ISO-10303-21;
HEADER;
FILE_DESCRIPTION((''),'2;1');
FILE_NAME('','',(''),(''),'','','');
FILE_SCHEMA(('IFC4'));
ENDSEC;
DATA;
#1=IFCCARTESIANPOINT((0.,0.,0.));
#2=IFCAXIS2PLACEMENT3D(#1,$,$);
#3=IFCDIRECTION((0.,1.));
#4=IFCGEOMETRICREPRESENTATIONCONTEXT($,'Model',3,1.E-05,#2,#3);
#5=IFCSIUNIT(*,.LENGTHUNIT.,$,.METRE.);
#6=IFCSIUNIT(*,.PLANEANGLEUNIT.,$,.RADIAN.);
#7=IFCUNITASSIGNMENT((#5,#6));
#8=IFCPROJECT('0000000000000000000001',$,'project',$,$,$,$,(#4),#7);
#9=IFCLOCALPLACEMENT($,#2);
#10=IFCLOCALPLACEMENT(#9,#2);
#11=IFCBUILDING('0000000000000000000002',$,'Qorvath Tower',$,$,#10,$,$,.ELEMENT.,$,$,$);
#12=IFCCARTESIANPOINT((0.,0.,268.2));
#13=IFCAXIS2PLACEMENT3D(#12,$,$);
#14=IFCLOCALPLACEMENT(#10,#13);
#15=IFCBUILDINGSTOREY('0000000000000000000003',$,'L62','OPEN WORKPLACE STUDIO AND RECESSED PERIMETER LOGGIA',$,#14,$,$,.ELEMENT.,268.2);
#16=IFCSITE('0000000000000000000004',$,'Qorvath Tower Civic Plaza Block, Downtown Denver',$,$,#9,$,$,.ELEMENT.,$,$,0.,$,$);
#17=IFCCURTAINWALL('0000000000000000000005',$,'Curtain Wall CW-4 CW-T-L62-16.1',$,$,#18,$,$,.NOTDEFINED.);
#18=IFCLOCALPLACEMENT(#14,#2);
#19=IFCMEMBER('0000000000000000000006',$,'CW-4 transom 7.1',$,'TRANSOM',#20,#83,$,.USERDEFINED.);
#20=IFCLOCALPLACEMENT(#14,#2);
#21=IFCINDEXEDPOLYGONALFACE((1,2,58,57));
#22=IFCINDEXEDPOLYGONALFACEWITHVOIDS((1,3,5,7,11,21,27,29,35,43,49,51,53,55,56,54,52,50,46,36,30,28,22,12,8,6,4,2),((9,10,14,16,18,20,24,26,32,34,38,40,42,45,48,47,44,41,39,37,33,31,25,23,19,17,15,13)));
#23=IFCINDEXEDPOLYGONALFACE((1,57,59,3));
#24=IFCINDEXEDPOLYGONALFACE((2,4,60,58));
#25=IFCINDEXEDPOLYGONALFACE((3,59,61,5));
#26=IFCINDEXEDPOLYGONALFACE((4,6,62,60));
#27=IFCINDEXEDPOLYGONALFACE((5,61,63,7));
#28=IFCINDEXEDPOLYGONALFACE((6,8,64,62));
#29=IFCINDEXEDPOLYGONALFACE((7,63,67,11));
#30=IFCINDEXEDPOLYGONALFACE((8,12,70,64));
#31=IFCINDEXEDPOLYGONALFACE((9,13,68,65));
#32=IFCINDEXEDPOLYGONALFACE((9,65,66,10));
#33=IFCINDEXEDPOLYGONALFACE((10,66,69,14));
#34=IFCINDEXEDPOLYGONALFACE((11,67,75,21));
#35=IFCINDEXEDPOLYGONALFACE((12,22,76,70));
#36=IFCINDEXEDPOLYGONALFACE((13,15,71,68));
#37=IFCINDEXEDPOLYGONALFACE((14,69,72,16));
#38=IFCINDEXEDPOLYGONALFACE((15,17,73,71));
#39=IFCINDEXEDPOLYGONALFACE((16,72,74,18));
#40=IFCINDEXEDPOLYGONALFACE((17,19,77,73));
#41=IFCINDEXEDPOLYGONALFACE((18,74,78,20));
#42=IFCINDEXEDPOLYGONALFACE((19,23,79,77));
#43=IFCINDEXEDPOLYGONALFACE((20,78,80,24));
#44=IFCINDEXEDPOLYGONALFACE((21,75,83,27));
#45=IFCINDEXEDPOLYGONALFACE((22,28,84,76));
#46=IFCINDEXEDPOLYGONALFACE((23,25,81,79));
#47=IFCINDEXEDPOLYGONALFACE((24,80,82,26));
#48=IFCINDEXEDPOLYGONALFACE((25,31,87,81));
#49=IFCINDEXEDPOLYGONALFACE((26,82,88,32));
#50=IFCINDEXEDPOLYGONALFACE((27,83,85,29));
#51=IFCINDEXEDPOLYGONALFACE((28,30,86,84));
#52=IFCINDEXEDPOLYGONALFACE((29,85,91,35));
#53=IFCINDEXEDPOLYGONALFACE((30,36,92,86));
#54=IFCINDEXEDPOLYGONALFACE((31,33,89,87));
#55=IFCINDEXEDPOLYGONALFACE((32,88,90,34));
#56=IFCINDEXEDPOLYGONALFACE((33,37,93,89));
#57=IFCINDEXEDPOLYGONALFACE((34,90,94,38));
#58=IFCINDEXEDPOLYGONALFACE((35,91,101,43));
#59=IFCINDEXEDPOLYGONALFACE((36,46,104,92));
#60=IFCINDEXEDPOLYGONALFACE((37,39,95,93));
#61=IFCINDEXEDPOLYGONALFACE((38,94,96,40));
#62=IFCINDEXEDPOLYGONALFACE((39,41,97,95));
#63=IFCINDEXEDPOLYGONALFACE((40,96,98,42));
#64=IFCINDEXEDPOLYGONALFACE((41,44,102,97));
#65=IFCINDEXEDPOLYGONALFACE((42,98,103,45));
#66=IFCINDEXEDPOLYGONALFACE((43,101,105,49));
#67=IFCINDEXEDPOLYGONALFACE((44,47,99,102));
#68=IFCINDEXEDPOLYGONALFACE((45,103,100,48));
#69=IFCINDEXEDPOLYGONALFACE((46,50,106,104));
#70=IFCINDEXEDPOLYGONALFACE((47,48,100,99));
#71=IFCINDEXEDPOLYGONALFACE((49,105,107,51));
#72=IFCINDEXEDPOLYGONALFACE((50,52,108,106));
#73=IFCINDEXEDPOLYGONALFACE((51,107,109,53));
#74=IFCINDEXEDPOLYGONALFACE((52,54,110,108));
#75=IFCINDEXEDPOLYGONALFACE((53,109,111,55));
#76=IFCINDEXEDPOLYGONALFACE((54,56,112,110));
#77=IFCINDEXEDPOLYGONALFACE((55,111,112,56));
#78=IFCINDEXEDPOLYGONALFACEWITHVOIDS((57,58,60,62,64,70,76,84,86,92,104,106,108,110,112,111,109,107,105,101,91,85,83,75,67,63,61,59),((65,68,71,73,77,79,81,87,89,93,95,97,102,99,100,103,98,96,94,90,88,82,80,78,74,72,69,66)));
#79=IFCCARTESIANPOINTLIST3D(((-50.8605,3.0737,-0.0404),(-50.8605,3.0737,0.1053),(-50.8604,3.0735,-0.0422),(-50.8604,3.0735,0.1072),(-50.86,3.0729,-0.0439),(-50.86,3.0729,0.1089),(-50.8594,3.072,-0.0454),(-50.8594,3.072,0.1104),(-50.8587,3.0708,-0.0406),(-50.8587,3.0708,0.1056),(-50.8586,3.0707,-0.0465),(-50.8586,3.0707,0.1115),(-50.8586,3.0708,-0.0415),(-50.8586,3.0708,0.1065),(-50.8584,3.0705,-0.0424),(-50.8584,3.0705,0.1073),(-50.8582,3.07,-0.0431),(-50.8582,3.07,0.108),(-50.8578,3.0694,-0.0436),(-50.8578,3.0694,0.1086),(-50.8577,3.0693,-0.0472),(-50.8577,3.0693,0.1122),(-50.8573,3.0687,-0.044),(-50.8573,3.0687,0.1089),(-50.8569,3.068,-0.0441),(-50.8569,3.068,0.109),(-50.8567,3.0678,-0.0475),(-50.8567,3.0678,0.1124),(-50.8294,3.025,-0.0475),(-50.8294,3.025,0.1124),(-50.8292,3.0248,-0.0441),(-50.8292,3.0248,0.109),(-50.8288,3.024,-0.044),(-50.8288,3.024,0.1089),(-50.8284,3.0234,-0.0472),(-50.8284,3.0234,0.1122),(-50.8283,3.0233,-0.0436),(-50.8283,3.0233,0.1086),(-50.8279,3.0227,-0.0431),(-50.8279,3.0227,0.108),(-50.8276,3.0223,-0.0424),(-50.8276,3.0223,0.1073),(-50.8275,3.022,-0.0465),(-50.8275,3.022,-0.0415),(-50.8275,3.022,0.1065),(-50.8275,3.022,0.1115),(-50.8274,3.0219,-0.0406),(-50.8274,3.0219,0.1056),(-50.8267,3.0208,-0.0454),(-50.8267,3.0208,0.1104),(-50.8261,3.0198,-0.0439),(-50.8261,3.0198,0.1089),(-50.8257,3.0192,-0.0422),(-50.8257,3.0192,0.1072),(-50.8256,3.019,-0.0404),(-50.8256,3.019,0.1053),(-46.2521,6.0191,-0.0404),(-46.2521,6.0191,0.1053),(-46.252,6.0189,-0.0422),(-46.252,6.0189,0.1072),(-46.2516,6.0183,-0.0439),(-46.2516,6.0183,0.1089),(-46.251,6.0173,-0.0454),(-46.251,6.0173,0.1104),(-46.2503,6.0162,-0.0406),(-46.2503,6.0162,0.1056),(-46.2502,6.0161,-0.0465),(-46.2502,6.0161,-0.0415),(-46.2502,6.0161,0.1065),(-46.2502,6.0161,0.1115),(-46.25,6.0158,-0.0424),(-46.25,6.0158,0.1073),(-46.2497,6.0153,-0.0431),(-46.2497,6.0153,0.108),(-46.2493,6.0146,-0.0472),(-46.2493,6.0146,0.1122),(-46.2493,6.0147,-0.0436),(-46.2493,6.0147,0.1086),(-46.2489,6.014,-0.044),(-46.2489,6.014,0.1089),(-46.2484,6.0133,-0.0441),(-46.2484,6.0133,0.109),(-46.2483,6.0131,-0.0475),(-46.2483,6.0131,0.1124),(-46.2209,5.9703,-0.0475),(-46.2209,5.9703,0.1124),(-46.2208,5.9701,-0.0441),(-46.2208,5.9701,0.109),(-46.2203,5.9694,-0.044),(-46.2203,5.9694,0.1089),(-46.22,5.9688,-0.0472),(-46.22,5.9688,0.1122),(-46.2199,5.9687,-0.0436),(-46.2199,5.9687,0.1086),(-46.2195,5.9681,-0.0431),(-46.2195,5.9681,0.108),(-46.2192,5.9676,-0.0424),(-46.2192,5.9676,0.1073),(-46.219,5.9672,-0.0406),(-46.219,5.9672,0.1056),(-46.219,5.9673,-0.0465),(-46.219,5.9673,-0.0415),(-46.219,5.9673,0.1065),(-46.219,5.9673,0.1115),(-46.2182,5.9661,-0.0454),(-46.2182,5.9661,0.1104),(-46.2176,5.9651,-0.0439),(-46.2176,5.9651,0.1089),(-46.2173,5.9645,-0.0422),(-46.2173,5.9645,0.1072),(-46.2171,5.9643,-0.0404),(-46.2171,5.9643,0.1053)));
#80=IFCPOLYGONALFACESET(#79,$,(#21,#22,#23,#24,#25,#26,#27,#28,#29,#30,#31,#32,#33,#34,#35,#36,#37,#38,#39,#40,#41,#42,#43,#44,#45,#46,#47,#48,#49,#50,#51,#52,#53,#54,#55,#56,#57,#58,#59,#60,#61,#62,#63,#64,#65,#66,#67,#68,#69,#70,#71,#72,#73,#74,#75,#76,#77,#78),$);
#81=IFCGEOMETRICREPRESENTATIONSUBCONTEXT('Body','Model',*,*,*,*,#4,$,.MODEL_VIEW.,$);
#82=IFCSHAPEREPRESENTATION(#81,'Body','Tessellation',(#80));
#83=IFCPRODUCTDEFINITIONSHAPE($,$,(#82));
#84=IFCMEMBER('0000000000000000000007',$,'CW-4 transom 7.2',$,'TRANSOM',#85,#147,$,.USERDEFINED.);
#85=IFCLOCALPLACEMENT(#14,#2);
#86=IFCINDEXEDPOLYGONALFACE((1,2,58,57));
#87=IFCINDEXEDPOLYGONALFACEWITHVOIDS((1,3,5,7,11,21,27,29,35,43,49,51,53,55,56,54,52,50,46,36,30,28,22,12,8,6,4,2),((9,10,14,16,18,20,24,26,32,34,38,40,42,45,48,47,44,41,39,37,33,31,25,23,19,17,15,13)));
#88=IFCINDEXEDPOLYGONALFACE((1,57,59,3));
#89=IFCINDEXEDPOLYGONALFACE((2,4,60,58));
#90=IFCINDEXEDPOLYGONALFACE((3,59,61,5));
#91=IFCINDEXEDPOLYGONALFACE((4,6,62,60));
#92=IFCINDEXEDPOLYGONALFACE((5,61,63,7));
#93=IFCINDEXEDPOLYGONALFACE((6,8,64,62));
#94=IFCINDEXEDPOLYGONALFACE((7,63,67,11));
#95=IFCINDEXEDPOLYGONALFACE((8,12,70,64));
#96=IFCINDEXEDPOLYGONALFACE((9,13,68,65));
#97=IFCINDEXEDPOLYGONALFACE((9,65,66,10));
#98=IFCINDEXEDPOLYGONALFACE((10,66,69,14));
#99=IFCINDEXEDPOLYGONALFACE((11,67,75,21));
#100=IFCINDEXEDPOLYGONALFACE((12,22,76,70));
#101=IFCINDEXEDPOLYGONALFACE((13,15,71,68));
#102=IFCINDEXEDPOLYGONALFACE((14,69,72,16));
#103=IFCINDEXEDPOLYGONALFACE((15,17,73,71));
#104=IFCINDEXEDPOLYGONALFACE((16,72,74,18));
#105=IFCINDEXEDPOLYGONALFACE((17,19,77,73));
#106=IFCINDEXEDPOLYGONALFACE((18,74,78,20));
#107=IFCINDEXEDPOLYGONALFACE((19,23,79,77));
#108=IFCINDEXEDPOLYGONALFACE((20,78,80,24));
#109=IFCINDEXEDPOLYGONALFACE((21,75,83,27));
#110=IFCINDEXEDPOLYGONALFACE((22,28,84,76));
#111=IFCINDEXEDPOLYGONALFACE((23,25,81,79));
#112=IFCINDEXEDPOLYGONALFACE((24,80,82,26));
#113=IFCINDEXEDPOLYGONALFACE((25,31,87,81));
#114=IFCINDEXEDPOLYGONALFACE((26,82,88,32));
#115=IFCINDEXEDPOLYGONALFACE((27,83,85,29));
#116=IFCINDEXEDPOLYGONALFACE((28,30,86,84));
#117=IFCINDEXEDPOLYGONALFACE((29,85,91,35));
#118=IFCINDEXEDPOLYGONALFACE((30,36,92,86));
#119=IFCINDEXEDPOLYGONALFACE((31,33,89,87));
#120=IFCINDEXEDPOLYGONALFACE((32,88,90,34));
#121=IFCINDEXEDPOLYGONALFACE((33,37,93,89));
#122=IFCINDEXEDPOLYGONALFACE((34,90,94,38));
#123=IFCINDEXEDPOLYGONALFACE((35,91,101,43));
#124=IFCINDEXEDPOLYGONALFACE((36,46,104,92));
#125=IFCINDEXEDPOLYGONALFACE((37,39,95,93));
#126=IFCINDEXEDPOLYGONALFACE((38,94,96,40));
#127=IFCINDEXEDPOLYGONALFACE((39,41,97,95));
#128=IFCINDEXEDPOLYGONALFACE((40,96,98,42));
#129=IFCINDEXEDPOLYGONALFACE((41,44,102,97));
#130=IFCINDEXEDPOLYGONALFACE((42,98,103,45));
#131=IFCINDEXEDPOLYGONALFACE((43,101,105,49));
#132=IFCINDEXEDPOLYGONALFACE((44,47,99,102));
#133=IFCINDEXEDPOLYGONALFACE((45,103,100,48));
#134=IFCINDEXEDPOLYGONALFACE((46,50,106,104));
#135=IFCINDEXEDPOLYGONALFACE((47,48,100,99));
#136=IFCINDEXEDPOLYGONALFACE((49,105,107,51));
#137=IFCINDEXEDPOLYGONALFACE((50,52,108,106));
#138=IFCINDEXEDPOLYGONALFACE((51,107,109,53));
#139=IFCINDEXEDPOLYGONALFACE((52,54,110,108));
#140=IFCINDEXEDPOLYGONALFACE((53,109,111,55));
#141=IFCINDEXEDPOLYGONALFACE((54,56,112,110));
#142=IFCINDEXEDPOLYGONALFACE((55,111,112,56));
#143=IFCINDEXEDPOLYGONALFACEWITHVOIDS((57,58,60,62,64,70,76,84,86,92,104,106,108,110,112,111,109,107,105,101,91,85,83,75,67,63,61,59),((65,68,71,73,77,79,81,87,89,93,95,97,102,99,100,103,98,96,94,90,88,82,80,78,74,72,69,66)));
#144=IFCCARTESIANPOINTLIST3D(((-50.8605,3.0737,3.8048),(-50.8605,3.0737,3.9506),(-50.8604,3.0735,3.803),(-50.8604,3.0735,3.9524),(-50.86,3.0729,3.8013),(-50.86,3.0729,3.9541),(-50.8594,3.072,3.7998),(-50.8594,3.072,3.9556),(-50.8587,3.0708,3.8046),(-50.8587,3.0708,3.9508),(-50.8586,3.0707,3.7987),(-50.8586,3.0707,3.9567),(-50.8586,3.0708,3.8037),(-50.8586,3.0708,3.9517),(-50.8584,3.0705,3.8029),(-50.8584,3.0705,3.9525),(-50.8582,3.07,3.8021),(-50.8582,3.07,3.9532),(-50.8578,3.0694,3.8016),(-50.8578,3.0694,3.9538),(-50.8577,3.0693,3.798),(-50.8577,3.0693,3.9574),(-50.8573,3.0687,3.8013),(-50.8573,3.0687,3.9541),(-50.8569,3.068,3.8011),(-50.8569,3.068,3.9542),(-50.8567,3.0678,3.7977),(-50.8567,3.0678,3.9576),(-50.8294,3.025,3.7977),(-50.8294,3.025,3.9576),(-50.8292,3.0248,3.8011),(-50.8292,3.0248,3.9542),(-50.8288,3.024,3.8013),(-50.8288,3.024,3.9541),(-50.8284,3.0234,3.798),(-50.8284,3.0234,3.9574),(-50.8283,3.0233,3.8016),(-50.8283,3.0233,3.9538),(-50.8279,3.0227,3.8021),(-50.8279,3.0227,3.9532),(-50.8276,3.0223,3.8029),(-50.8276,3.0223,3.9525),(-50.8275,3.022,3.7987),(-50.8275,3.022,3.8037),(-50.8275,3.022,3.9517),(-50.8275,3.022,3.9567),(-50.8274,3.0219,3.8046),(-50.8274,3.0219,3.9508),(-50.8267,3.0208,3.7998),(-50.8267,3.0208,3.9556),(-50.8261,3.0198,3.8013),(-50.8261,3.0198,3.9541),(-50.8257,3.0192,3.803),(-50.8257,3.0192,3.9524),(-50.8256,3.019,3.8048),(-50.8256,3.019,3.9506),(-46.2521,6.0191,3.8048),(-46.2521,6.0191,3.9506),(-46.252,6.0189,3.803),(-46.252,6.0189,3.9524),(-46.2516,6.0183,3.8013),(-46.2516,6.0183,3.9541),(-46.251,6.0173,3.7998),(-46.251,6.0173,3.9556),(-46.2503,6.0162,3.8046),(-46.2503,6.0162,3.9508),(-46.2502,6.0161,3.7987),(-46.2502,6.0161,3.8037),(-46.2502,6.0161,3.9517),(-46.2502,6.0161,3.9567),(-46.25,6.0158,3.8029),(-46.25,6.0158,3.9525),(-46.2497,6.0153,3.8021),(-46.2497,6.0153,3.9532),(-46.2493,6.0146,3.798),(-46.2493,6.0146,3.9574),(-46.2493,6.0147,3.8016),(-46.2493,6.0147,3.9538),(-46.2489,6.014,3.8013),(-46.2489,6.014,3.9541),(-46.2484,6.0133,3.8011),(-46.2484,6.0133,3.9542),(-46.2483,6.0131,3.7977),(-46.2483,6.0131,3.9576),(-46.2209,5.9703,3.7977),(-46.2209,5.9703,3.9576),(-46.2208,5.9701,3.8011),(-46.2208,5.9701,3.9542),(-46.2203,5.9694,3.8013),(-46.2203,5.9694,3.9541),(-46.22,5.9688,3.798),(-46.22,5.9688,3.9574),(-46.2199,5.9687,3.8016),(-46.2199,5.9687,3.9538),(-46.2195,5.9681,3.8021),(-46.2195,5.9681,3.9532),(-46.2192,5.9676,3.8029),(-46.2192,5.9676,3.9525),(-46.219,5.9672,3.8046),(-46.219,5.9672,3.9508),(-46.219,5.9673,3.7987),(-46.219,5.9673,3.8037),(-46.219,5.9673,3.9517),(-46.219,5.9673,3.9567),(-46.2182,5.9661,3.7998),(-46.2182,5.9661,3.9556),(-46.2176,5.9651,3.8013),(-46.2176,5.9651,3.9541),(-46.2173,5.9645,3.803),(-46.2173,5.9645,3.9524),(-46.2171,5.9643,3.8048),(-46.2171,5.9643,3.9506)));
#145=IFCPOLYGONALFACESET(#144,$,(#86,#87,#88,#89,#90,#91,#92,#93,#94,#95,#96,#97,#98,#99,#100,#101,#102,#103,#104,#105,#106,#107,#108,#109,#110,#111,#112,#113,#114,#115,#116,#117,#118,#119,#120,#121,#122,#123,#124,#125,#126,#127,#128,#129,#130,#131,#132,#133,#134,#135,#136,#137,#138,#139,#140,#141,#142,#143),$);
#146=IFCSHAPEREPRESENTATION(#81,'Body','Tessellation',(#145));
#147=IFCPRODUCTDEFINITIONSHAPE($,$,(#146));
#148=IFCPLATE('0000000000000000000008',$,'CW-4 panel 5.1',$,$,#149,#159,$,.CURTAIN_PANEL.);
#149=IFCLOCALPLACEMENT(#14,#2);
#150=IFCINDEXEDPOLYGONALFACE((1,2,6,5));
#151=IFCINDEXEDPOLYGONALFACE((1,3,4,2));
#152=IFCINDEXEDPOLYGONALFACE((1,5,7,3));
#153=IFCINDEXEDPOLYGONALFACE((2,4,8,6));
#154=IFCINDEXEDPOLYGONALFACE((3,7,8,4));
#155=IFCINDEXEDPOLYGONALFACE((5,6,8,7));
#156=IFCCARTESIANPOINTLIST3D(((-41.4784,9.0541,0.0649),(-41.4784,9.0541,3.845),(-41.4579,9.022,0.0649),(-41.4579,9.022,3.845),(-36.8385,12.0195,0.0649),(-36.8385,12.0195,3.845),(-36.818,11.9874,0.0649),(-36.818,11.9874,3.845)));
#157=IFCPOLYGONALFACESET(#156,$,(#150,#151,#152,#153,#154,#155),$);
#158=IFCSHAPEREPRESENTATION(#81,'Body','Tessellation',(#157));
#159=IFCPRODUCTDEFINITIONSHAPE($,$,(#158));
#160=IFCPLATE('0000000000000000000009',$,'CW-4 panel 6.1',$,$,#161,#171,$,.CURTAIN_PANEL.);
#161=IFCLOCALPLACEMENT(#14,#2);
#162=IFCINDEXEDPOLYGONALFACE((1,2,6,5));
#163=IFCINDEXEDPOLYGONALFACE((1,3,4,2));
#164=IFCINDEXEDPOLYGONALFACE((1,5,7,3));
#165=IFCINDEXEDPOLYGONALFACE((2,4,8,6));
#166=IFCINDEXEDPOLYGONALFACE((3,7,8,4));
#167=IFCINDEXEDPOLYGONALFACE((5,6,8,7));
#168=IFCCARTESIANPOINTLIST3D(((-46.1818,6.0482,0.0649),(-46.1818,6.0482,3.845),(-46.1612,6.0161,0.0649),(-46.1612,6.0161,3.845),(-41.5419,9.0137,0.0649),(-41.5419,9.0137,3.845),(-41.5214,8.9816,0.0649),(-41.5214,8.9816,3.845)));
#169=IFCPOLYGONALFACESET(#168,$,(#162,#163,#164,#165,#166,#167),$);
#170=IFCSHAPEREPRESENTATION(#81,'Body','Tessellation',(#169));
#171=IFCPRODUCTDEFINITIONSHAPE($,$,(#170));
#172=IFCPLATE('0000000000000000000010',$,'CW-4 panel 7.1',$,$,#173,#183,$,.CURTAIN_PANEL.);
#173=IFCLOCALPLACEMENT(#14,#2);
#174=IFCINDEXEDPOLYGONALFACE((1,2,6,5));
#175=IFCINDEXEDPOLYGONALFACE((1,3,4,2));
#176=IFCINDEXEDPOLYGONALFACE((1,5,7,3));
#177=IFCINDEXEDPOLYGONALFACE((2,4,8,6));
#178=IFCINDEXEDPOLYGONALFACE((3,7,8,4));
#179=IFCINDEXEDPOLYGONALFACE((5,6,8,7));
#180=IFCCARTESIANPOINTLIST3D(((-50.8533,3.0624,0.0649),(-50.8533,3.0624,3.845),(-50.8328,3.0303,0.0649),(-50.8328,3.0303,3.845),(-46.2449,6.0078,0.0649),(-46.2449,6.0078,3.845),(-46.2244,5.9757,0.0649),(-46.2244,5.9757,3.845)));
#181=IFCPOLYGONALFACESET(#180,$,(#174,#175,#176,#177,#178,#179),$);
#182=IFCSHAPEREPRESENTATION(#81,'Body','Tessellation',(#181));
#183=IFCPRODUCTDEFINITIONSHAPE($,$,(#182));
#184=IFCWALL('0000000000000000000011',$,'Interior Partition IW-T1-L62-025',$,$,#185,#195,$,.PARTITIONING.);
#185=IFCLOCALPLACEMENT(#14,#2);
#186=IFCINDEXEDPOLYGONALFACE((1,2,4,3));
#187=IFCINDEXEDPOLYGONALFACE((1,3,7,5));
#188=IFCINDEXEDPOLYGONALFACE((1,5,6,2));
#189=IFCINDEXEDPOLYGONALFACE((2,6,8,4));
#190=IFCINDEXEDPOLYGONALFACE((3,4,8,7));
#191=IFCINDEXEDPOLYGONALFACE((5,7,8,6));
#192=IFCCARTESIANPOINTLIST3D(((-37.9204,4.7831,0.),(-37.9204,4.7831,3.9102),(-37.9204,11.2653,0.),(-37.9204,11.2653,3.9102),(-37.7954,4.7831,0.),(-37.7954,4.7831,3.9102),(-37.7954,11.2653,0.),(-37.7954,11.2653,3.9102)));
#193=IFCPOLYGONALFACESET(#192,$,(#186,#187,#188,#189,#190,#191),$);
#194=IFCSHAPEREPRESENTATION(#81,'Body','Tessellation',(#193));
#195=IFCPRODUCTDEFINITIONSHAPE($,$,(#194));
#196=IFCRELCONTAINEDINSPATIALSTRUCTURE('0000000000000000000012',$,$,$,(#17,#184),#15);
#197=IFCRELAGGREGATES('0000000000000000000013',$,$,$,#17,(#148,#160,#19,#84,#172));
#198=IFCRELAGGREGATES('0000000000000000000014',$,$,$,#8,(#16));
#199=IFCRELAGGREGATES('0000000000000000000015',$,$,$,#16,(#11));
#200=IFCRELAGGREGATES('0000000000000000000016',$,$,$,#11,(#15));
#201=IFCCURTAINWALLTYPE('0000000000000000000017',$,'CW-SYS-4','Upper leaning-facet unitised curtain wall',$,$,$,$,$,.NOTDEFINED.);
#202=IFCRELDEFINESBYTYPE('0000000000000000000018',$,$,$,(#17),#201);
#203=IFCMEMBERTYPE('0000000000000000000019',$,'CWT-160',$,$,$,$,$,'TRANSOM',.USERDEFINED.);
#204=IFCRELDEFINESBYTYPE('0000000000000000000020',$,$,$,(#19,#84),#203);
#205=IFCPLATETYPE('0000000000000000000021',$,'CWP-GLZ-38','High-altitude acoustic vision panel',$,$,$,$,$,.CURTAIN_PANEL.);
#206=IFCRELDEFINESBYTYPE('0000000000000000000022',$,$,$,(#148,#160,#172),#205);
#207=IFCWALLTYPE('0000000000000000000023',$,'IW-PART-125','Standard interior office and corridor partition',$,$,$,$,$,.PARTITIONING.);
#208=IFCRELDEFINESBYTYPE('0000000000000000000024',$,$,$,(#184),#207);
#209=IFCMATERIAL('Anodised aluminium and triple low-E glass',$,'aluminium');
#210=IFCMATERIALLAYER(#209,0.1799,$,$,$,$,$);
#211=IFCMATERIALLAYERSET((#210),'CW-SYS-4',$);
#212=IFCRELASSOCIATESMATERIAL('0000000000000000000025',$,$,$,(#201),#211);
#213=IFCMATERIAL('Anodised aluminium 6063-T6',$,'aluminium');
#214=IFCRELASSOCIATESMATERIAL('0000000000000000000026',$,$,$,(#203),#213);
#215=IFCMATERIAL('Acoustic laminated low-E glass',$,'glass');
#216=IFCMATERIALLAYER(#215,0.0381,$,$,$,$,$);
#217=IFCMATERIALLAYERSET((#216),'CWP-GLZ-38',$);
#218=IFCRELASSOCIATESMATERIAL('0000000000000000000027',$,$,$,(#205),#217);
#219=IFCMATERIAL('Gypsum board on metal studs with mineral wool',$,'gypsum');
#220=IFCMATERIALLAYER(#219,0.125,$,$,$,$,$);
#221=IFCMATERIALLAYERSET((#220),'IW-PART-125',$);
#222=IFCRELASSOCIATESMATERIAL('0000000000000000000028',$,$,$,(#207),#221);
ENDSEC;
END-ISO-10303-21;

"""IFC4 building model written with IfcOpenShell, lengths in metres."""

from ifc_helpers import new_model, si_unit, direction, frame, frame_2d, origin, origin_2d, place, context, subcontext, project, spatial, rectangle, hollow_rectangle, extrude, material, layer, layer_set, material_profile, profile_set, type_object, element, aggregate, save


model = new_model("IFC4")

# Units and contexts
model_context = context("Model", 3, precision=1e-05, world=origin(), true_north=direction((0.0, 1.0)))
body_context = subcontext(model_context, "Body", "Model", "MODEL_VIEW")
ifc_project = project(units=[si_unit("LENGTHUNIT", "METRE"), si_unit("PLANEANGLEUNIT", "RADIAN")], contexts=[model_context])

# Site, building, storey
site_placement = place(None, origin())
site = spatial("IfcSite", under=ifc_project, at=site_placement, Name="Qorvath Tower Civic Plaza Block, Downtown Denver", CompositionType="ELEMENT", RefElevation=0.0)
building_placement = place(site_placement, origin())
building = spatial("IfcBuilding", under=site, at=building_placement, Name="Qorvath Tower", CompositionType="ELEMENT")
storey_placement = place(building_placement, frame((0.0, 0.0, 268.2)))
storey = spatial("IfcBuildingStorey", under=building, at=storey_placement, Name="L62", Description="OPEN WORKPLACE STUDIO AND RECESSED PERIMETER LOGGIA", CompositionType="ELEMENT", Elevation=268.2)

# Curtain wall, members, plates
ifc_material_1 = material(Name="Anodised aluminium and triple low-E glass", Category="aluminium")
ifc_layer_1 = layer(ifc_material_1, 0.1799)
ifc_layer_set_1 = layer_set([ifc_layer_1], Name="CW-SYS-4")
curtain_wall_type = type_object("IfcCurtainWallType", Name="CW-SYS-4", Description="Upper leaning-facet unitised curtain wall", PredefinedType="NOTDEFINED", material=ifc_layer_set_1)
curtain_wall_placement = place(storey_placement, origin())
curtain_wall = element("IfcCurtainWall", 1, at=curtain_wall_placement, inside=storey, type_object=curtain_wall_type, Name="Curtain Wall CW-4 CW-T-L62-16.1", PredefinedType="NOTDEFINED")
ifc_material_2 = material(Name="Anodised aluminium 6063-T6", Category="aluminium")
ifc_material_profile_1 = material_profile(ifc_material_2, hollow_rectangle(XDim=0.0649, YDim=0.1599, WallThickness=0.0034, InnerFilletRadius=0.0034, OuterFilletRadius=0.0071, at=origin_2d()), Name="CWT 160x65")
ifc_profile_set_1 = profile_set([ifc_material_profile_1], Name="Anodised aluminium 6063-T6")
member_type_1 = type_object("IfcMemberType", Name="CWT-160", ElementType="TRANSOM", PredefinedType="USERDEFINED", material=ifc_profile_set_1)
member_1_placement = place(storey_placement, frame((-46.2346, 5.9917, 0.0325), z_axis=(-0.842608, -0.538527, 0.0), x_axis=(0.538527, -0.842608, 0.0)))
member_1 = element("IfcMember", 2, at=member_1_placement, type_object=member_type_1, Name="CW-4 transom 7.1", ObjectType="TRANSOM", PredefinedType="USERDEFINED", context=body_context, shape_type="SweptSolid", body=[
    extrude(hollow_rectangle(XDim=0.0649, YDim=0.1599, WallThickness=0.0034, InnerFilletRadius=0.0034, OuterFilletRadius=0.0071, at=origin_2d()), origin(), (0.0, 0.0, 1.0), 5.4692),
])
member_2_placement = place(storey_placement, frame((-46.2346, 5.9917, 3.8777), z_axis=(-0.842608, -0.538527, 0.0), x_axis=(0.538527, -0.842608, 0.0)))
member_2 = element("IfcMember", 3, at=member_2_placement, type_object=member_type_1, Name="CW-4 transom 7.2", ObjectType="TRANSOM", PredefinedType="USERDEFINED", context=body_context, shape_type="SweptSolid", body=[
    extrude(hollow_rectangle(XDim=0.0649, YDim=0.1599, WallThickness=0.0034, InnerFilletRadius=0.0034, OuterFilletRadius=0.0071, at=origin_2d()), origin(), (0.0, 0.0, 1.0), 5.4692),
])
ifc_material_3 = material(Name="Acoustic laminated low-E glass", Category="glass")
ifc_layer_2 = layer(ifc_material_3, 0.0381)
ifc_layer_set_2 = layer_set([ifc_layer_2], Name="CWP-GLZ-38")
plate_type = type_object("IfcPlateType", Name="CWP-GLZ-38", Description="High-altitude acoustic vision panel", PredefinedType="CURTAIN_PANEL", material=ifc_layer_set_2)
plate_1_placement = place(storey_placement, frame((-39.1482, 10.5208, 0.0649), z_axis=(0.0, 0.0, 1.0), x_axis=(-0.842604, -0.538534, 0.0)))
plate_1 = element("IfcPlate", 4, at=plate_1_placement, type_object=plate_type, Name="CW-4 panel 5.1", PredefinedType="CURTAIN_PANEL", context=body_context, shape_type="SweptSolid", body=[
    extrude(rectangle(XDim=5.5066, YDim=0.0381, at=origin_2d()), origin(), (0.0, 0.0, 1.0), 3.78),
])
plate_2_placement = place(storey_placement, frame((-43.8516, 7.5149, 0.0649), z_axis=(0.0, 0.0, 1.0), x_axis=(-0.842604, -0.538534, 0.0)))
plate_2 = element("IfcPlate", 5, at=plate_2_placement, type_object=plate_type, Name="CW-4 panel 6.1", PredefinedType="CURTAIN_PANEL", context=body_context, shape_type="SweptSolid", body=[
    extrude(rectangle(XDim=5.5066, YDim=0.0381, at=origin_2d()), origin(), (0.0, 0.0, 1.0), 3.78),
])
plate_3_placement = place(storey_placement, frame((-48.5388, 4.519, 0.0649), z_axis=(0.0, 0.0, 1.0), x_axis=(-0.842604, -0.538534, 0.0)))
plate_3 = element("IfcPlate", 6, at=plate_3_placement, type_object=plate_type, Name="CW-4 panel 7.1", PredefinedType="CURTAIN_PANEL", context=body_context, shape_type="SweptSolid", body=[
    extrude(rectangle(XDim=5.4692, YDim=0.0381, at=origin_2d()), origin(), (0.0, 0.0, 1.0), 3.78),
])
aggregate(curtain_wall, [plate_1, plate_2, member_1, member_2, plate_3])

# Wall
ifc_material_4 = material(Name="Gypsum board on metal studs with mineral wool", Category="gypsum")
ifc_layer_3 = layer(ifc_material_4, 0.125)
ifc_layer_set_3 = layer_set([ifc_layer_3], Name="IW-PART-125")
wall_type_1 = type_object("IfcWallType", Name="IW-PART-125", Description="Standard interior office and corridor partition", PredefinedType="PARTITIONING", material=ifc_layer_set_3)
wall_1_placement = place(storey_placement, frame((-37.8579, 11.2654, 0.0), z_axis=(0.0, 0.0, 1.0), x_axis=(0.0, -1.0, 0.0)))
element("IfcWall", 7, at=wall_1_placement, inside=storey, type_object=wall_type_1, Name="Interior Partition IW-T1-L62-025", PredefinedType="PARTITIONING", context=body_context, shape_type="SweptSolid", body=[
    extrude(rectangle(XDim=6.4822, YDim=0.125, at=frame_2d((3.2412, 0.0))), origin(), (0.0, 0.0, 1.0), 3.9102),
])

save(model, "model.ifc")
